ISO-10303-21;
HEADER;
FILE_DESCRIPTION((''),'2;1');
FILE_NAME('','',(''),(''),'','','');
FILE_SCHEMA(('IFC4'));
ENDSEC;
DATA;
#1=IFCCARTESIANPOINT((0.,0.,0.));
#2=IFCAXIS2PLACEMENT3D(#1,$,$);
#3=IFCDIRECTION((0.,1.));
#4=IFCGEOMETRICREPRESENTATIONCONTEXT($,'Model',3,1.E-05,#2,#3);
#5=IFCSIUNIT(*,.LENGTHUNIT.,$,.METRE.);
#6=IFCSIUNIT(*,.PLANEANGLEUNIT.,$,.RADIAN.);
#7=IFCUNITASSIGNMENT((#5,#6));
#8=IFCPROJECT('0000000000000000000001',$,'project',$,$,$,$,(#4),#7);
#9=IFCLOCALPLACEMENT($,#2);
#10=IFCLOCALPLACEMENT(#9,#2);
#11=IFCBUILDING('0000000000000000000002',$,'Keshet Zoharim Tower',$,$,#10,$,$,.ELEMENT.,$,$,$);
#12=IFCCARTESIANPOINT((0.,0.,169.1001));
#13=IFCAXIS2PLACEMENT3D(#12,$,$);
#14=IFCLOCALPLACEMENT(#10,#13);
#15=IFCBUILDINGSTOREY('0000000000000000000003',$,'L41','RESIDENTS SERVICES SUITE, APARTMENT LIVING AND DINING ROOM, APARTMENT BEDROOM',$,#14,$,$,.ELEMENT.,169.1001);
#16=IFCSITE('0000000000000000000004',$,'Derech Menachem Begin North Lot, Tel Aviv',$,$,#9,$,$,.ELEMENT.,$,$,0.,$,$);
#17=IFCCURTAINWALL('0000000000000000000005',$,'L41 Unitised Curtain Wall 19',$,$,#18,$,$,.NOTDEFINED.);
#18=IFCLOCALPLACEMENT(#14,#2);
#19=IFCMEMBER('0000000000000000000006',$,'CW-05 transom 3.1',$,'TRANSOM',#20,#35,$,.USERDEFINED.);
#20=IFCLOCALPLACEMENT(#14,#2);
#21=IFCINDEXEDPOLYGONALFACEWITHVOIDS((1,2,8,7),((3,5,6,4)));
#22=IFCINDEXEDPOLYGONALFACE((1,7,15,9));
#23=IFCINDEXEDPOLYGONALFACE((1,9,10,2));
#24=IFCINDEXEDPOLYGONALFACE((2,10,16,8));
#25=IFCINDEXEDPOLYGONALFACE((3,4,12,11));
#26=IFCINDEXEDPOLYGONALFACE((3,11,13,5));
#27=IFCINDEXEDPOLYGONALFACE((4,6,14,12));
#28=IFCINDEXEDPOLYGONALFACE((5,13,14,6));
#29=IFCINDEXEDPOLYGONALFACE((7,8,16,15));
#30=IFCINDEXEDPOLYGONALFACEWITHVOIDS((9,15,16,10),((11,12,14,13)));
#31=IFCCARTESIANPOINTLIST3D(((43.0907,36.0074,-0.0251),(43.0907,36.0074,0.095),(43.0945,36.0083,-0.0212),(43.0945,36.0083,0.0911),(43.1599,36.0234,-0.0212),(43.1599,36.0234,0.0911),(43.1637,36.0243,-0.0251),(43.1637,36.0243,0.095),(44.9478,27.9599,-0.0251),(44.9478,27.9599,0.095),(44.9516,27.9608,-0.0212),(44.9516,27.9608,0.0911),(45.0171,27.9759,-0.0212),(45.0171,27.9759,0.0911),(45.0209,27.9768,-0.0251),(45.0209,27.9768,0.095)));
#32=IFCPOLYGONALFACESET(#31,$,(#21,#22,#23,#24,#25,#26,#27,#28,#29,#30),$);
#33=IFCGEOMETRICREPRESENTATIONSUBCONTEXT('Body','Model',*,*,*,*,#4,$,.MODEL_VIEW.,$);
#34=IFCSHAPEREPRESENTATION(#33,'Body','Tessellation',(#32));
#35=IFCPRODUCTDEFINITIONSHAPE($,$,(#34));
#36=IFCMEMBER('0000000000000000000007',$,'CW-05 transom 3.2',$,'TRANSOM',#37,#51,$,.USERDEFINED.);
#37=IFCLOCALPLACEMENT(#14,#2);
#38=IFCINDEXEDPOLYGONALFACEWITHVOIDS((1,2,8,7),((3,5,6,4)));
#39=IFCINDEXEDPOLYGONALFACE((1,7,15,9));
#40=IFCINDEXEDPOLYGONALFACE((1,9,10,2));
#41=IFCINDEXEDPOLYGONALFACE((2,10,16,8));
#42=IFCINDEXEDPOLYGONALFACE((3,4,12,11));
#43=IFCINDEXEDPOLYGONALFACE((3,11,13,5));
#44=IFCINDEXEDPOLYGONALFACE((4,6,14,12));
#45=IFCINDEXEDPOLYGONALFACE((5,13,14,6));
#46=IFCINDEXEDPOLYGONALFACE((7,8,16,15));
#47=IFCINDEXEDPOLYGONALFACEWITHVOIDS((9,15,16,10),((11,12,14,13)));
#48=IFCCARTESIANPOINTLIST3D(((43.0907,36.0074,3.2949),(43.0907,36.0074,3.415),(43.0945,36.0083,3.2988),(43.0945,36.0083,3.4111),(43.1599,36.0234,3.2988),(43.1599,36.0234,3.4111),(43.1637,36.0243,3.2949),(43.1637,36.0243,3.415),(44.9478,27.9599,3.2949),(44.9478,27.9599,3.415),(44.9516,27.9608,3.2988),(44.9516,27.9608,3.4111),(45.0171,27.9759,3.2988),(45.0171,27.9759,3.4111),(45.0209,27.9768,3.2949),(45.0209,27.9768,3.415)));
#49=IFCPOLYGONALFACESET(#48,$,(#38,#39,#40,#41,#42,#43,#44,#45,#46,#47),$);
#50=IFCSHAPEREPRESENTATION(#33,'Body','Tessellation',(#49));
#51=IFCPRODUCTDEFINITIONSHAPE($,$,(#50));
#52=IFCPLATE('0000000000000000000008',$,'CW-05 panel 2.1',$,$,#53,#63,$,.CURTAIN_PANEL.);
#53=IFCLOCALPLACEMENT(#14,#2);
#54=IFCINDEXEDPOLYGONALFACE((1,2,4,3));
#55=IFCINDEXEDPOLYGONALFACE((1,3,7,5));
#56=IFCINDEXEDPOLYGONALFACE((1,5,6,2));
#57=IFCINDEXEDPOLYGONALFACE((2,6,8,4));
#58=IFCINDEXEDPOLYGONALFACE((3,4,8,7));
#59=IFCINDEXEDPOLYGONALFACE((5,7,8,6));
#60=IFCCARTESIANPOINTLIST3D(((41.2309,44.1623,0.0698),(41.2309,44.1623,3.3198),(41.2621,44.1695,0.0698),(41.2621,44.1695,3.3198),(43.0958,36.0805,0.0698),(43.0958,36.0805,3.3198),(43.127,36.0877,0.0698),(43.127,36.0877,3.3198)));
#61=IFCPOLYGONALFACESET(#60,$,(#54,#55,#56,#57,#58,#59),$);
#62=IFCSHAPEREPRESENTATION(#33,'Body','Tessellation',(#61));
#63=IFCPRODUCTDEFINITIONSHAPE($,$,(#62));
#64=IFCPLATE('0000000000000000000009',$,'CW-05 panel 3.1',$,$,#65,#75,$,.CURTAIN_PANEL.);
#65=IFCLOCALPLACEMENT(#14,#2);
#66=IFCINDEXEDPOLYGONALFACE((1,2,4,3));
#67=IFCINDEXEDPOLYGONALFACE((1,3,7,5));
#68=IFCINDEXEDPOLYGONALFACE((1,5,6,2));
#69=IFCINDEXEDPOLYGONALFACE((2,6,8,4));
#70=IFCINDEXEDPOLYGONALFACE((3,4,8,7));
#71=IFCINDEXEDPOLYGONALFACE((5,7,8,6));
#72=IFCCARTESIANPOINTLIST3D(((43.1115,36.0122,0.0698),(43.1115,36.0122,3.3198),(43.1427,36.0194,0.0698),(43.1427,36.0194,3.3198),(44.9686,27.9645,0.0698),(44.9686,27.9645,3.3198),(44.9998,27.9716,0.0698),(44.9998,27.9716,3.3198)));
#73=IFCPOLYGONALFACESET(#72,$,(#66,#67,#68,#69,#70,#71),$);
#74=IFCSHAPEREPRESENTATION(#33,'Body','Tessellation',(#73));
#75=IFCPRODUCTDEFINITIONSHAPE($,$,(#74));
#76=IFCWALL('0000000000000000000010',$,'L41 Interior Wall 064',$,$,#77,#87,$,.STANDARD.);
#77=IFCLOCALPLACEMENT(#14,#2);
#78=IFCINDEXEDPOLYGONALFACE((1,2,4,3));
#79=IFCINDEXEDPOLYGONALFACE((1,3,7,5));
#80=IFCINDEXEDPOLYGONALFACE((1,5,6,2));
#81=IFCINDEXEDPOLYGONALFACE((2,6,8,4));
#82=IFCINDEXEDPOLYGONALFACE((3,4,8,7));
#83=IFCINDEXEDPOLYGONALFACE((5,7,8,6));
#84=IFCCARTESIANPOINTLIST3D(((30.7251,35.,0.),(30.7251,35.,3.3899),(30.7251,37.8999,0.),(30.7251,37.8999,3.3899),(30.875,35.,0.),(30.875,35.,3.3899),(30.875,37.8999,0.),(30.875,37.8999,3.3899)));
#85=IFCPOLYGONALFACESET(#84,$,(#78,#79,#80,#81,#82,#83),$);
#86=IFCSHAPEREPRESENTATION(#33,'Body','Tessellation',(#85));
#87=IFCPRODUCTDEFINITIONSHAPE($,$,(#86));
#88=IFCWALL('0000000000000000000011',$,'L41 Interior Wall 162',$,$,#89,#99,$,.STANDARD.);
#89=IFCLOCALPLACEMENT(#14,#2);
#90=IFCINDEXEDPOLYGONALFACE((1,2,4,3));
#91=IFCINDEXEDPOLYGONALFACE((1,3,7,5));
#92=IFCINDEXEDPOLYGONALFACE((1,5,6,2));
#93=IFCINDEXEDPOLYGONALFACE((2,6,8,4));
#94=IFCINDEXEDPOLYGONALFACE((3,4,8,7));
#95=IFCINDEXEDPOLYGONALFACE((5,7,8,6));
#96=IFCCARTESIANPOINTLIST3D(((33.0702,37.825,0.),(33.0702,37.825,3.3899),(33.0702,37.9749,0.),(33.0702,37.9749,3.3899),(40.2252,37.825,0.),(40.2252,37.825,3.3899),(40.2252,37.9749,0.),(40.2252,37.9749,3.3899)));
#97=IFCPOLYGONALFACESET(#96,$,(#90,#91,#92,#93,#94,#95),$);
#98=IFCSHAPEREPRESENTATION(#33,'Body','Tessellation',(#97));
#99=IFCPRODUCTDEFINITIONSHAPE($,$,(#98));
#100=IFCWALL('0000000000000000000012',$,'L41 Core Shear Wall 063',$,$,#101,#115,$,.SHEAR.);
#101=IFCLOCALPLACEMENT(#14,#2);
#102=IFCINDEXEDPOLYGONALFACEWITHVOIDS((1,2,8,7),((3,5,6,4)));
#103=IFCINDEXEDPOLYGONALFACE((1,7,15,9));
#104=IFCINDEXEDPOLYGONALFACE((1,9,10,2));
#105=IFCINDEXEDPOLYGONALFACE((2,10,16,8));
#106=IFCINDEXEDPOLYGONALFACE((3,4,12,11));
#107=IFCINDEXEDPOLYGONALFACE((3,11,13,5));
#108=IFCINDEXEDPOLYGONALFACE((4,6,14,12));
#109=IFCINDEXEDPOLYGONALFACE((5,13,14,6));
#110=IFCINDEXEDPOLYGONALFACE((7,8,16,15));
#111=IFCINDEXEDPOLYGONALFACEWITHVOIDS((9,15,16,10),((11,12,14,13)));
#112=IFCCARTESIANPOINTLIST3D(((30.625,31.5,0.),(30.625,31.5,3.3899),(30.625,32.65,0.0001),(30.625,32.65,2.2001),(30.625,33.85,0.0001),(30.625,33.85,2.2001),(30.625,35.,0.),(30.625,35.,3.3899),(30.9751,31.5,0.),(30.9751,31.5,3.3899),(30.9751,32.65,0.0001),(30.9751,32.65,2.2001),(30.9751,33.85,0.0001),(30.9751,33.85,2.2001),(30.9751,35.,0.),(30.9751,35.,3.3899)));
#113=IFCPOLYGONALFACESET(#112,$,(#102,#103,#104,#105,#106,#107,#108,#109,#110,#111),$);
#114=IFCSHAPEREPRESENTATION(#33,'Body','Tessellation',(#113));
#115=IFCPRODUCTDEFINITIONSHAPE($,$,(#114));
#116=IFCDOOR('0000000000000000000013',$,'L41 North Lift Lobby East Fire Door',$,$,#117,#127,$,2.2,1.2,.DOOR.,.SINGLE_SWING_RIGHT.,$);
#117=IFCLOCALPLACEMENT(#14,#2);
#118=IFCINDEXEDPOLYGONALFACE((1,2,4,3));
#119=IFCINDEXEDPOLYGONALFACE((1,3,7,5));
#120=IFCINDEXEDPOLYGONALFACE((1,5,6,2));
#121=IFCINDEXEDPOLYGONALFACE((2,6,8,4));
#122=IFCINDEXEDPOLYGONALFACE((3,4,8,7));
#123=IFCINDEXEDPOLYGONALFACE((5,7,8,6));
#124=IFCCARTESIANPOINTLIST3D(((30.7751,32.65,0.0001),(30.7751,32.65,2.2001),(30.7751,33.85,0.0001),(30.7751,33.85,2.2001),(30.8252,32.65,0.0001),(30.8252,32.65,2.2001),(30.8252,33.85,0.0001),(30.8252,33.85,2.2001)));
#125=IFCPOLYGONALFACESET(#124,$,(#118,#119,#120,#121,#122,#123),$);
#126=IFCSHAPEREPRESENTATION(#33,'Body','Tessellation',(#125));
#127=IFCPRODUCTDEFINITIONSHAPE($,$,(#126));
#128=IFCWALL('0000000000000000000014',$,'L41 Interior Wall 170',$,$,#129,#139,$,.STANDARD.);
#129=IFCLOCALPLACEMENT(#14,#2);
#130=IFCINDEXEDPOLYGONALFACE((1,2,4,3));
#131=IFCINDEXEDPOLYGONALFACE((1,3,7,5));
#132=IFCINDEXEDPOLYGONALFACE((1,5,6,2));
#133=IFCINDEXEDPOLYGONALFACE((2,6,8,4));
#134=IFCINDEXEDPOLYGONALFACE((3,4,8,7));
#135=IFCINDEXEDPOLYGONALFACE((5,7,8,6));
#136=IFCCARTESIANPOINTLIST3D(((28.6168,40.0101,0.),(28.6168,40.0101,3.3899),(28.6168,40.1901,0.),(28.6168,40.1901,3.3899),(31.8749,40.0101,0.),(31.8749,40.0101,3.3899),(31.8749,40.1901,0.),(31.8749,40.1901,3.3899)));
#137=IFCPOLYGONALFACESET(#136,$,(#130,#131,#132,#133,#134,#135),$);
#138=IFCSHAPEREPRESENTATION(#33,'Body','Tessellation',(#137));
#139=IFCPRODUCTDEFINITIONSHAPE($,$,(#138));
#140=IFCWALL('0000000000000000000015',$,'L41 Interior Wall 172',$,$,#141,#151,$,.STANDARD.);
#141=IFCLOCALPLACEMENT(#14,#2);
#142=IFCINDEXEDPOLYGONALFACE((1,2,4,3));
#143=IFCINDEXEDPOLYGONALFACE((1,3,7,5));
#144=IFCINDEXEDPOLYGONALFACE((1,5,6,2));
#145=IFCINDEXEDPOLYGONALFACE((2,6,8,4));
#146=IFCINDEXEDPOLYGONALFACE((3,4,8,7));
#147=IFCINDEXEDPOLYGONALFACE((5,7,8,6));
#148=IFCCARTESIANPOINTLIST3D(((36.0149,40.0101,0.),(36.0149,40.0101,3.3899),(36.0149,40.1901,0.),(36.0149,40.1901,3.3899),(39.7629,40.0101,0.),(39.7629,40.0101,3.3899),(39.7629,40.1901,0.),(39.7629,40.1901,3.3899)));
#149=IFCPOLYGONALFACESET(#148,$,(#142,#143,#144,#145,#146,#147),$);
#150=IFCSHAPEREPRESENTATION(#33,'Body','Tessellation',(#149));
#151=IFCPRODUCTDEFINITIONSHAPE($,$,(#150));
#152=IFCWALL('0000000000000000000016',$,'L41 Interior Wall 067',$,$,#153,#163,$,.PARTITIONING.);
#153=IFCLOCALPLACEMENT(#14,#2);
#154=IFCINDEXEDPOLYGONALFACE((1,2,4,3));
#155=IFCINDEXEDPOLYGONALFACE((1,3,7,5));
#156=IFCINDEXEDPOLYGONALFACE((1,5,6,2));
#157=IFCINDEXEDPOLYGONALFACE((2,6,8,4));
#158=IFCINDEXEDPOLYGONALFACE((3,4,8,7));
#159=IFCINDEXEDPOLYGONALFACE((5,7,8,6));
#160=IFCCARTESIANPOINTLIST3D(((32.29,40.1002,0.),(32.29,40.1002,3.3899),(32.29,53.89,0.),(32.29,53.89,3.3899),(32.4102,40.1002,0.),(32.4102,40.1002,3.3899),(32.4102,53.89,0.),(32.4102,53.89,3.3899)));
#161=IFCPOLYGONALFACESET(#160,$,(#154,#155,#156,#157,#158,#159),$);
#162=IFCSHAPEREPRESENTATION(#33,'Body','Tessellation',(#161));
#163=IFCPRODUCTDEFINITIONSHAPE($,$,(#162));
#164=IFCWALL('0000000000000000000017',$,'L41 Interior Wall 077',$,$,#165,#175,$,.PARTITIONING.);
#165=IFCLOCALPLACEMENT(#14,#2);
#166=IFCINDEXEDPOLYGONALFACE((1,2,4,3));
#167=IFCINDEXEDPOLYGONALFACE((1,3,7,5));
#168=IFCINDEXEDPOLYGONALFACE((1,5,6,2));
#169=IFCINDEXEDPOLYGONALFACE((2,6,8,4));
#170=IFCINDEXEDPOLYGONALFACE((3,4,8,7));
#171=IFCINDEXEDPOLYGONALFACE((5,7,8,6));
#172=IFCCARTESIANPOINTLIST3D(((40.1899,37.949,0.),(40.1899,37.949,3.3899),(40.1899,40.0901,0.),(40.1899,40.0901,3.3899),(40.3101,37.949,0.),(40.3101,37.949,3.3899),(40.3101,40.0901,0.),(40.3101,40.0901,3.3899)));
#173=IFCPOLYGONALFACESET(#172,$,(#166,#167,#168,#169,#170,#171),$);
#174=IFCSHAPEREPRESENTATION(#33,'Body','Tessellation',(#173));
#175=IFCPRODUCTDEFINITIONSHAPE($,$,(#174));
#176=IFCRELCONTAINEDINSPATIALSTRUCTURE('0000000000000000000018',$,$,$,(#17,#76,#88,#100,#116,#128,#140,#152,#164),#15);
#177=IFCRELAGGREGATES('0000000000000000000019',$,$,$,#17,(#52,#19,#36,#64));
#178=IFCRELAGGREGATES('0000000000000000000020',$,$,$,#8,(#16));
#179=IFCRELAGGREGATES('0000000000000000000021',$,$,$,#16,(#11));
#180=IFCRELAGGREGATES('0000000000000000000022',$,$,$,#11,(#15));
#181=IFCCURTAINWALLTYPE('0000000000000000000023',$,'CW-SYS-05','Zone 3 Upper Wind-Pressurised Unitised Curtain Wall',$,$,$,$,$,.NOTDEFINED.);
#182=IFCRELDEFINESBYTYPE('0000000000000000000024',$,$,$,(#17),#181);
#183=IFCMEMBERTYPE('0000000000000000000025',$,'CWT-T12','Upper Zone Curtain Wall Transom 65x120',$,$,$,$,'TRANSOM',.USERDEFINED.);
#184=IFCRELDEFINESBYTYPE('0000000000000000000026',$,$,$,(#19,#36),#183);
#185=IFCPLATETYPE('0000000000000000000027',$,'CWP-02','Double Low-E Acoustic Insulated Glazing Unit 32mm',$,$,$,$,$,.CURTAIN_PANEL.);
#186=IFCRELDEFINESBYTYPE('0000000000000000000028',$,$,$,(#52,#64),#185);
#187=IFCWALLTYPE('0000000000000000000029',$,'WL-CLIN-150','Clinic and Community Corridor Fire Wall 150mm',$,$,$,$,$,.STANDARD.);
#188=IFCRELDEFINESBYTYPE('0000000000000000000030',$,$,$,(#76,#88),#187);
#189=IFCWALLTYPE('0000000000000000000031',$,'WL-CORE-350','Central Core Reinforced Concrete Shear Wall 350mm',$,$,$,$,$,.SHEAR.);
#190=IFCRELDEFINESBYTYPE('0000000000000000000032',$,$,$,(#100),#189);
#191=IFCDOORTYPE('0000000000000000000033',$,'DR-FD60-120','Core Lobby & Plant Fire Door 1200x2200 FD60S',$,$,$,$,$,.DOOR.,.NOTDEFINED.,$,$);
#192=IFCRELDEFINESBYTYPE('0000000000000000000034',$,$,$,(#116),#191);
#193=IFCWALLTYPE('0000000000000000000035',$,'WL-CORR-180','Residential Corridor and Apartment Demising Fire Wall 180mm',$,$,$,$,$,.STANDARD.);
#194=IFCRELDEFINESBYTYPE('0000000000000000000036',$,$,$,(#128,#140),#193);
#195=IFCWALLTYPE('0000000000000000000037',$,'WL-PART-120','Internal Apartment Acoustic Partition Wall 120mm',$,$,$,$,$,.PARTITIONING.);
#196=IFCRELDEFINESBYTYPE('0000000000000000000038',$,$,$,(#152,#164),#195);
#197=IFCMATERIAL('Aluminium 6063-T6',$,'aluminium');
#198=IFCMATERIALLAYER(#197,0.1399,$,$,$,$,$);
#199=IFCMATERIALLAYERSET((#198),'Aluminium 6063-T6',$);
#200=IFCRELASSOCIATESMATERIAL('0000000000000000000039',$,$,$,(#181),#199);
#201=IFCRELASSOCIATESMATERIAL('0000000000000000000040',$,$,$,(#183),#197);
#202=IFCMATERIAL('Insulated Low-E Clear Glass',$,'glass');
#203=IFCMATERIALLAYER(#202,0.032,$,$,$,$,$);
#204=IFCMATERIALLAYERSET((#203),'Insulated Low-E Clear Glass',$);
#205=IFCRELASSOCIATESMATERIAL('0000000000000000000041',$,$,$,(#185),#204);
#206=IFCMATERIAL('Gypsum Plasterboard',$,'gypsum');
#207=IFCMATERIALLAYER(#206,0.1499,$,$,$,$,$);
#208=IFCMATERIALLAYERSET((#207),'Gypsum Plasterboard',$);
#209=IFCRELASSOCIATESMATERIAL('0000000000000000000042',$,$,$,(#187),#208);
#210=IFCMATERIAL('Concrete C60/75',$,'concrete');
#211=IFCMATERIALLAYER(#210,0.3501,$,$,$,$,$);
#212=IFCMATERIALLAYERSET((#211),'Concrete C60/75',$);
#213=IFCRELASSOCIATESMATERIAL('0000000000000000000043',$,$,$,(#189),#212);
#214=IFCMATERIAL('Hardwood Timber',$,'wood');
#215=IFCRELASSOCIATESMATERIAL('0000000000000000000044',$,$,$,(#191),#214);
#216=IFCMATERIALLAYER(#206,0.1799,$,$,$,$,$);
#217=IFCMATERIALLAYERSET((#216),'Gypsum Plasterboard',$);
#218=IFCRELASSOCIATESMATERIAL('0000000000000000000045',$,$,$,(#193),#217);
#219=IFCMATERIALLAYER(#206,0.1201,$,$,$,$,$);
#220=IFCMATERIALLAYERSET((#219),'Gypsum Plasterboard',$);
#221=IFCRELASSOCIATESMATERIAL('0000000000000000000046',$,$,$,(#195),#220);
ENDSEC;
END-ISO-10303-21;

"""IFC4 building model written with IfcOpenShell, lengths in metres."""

from ifc_helpers import new_model, si_unit, direction, frame, frame_2d, origin, origin_2d, place, context, subcontext, project, spatial, rectangle, hollow_rectangle, extrude, material, layer, layer_set, material_profile, profile_set, type_object, element, fill, aggregate, save


model = new_model("IFC4")

# Units and contexts
model_context = context("Model", 3, precision=1e-05, world=origin(), true_north=direction((0.0, 1.0)))
body_context = subcontext(model_context, "Body", "Model", "MODEL_VIEW")
ifc_project = project(units=[si_unit("LENGTHUNIT", "METRE"), si_unit("PLANEANGLEUNIT", "RADIAN")], contexts=[model_context])

# Site, building, storey
site_placement = place(None, origin())
site = spatial("IfcSite", under=ifc_project, at=site_placement, Name="Derech Menachem Begin North Lot, Tel Aviv", CompositionType="ELEMENT", RefElevation=0.0)
building_placement = place(site_placement, origin())
building = spatial("IfcBuilding", under=site, at=building_placement, Name="Keshet Zoharim Tower", CompositionType="ELEMENT")
storey_placement = place(building_placement, frame((0.0, 0.0, 169.1001)))
storey = spatial("IfcBuildingStorey", under=building, at=storey_placement, Name="L41", Description="RESIDENTS SERVICES SUITE, APARTMENT LIVING AND DINING ROOM, APARTMENT BEDROOM", CompositionType="ELEMENT", Elevation=169.1001)

# Shared definitions
ifc_material_1 = material(Name="Concrete C60/75", Category="concrete")

# Curtain wall, members, plates
ifc_material_2 = material(Name="Aluminium 6063-T6", Category="aluminium")
ifc_layer_1 = layer(ifc_material_2, 0.1399)
ifc_layer_set_1 = layer_set([ifc_layer_1], Name="Aluminium 6063-T6")
curtain_wall_type = type_object("IfcCurtainWallType", Name="CW-SYS-05", Description="Zone 3 Upper Wind-Pressurised Unitised Curtain Wall", PredefinedType="NOTDEFINED", material=ifc_layer_set_1)
curtain_wall_placement = place(storey_placement, origin())
curtain_wall = element("IfcCurtainWall", 1, at=curtain_wall_placement, inside=storey, type_object=curtain_wall_type, Name="L41 Unitised Curtain Wall 19", PredefinedType="NOTDEFINED")
ifc_material_profile_1 = material_profile(ifc_material_2, hollow_rectangle(XDim=0.075, YDim=0.1201, WallThickness=0.0039, at=origin_2d()), Name="TRN-75x120")
ifc_profile_set_1 = profile_set([ifc_material_profile_1], Name="Aluminium 6063-T6")
member_type_1 = type_object("IfcMemberType", Name="CWT-T12", Description="Upper Zone Curtain Wall Transom 65x120", ElementType="TRANSOM", PredefinedType="USERDEFINED", material=ifc_profile_set_1)
member_1_placement = place(storey_placement, frame((43.1272, 36.0159, 0.0349), z_axis=(0.224864, -0.97439, 0.0), x_axis=(0.97439, 0.224864, 0.0)))
member_1 = element("IfcMember", 2, at=member_1_placement, type_object=member_type_1, Name="CW-05 transom 3.1", ObjectType="TRANSOM", PredefinedType="USERDEFINED", context=body_context, shape_type="SweptSolid", body=[
    extrude(hollow_rectangle(XDim=0.075, YDim=0.1201, WallThickness=0.0039, at=origin_2d()), origin(), (0.0, 0.0, 1.0), 8.259),
])
member_2_placement = place(storey_placement, frame((43.1272, 36.0159, 3.355), z_axis=(0.224864, -0.97439, 0.0), x_axis=(0.97439, 0.224864, 0.0)))
member_2 = element("IfcMember", 3, at=member_2_placement, type_object=member_type_1, Name="CW-05 transom 3.2", ObjectType="TRANSOM", PredefinedType="USERDEFINED", context=body_context, shape_type="SweptSolid", body=[
    extrude(hollow_rectangle(XDim=0.075, YDim=0.1201, WallThickness=0.0039, at=origin_2d()), origin(), (0.0, 0.0, 1.0), 8.259),
])
ifc_material_3 = material(Name="Insulated Low-E Clear Glass", Category="glass")
ifc_layer_2 = layer(ifc_material_3, 0.032)
ifc_layer_set_2 = layer_set([ifc_layer_2], Name="Insulated Low-E Clear Glass")
plate_type = type_object("IfcPlateType", Name="CWP-02", Description="Double Low-E Acoustic Insulated Glazing Unit 32mm", PredefinedType="CURTAIN_PANEL", material=ifc_layer_set_2)
plate_1_placement = place(storey_placement, frame((42.179, 40.125, 0.0698), z_axis=(0.0, 0.0, 1.0), x_axis=(0.224848, -0.974394, 0.0)))
plate_1 = element("IfcPlate", 4, at=plate_1_placement, type_object=plate_type, Name="CW-05 panel 2.1", PredefinedType="CURTAIN_PANEL", context=body_context, shape_type="SweptSolid", body=[
    extrude(rectangle(XDim=8.2942, YDim=0.032, at=origin_2d()), origin(), (0.0, 0.0, 1.0), 3.25),
])
plate_2_placement = place(storey_placement, frame((44.0557, 31.9919, 0.0698), z_axis=(0.0, 0.0, 1.0), x_axis=(0.224848, -0.974394, 0.0)))
plate_2 = element("IfcPlate", 5, at=plate_2_placement, type_object=plate_type, Name="CW-05 panel 3.1", PredefinedType="CURTAIN_PANEL", context=body_context, shape_type="SweptSolid", body=[
    extrude(rectangle(XDim=8.2593, YDim=0.032, at=origin_2d()), origin(), (0.0, 0.0, 1.0), 3.25),
])
aggregate(curtain_wall, [plate_1, member_1, member_2, plate_2])

# Walls
ifc_material_4 = material(Name="Gypsum Plasterboard", Category="gypsum")
ifc_layer_3 = layer(ifc_material_4, 0.1499)
ifc_layer_set_3 = layer_set([ifc_layer_3], Name="Gypsum Plasterboard")
wall_type_1 = type_object("IfcWallType", Name="WL-CLIN-150", Description="Clinic and Community Corridor Fire Wall 150mm", PredefinedType="STANDARD", material=ifc_layer_set_3)
wall_1_placement = place(storey_placement, frame((30.8, 35.0, 0.0), z_axis=(0.0, 0.0, 1.0), x_axis=(0.0, 1.0, 0.0)))
element("IfcWall", 6, at=wall_1_placement, inside=storey, type_object=wall_type_1, Name="L41 Interior Wall 064", PredefinedType="STANDARD", context=body_context, shape_type="SweptSolid", body=[
    extrude(rectangle(XDim=2.8999, YDim=0.1499, at=frame_2d((1.45, 0.0))), origin(), (0.0, 0.0, 1.0), 3.3899),
])
wall_2_placement = place(storey_placement, frame((33.0701, 37.8999, 0.0), z_axis=(0.0, 0.0, 1.0), x_axis=(1.0, 0.0, 0.0)))
element("IfcWall", 7, at=wall_2_placement, inside=storey, type_object=wall_type_1, Name="L41 Interior Wall 162", PredefinedType="STANDARD", context=body_context, shape_type="SweptSolid", body=[
    extrude(rectangle(XDim=7.155, YDim=0.1499, at=frame_2d((3.5776, 0.0))), origin(), (0.0, 0.0, 1.0), 3.3899),
])

# Wall, opening, door
ifc_layer_4 = layer(ifc_material_1, 0.3501)
ifc_layer_set_4 = layer_set([ifc_layer_4], Name="Concrete C60/75")
wall_type_2 = type_object("IfcWallType", Name="WL-CORE-350", Description="Central Core Reinforced Concrete Shear Wall 350mm", PredefinedType="SHEAR", material=ifc_layer_set_4)
wall_3_placement = place(storey_placement, frame((30.8, 31.5, 0.0), z_axis=(0.0, 0.0, 1.0), x_axis=(0.0, 1.0, 0.0)))
wall_3 = element("IfcWall", 8, at=wall_3_placement, inside=storey, type_object=wall_type_2, Name="L41 Core Shear Wall 063", PredefinedType="SHEAR", context=body_context, shape_type="SweptSolid", body=[
    extrude(rectangle(XDim=3.5, YDim=0.3501, at=frame_2d((1.75, 0.0))), origin(), (0.0, 0.0, 1.0), 3.3899),
])
opening_1_placement = place(wall_3_placement, frame((1.1499, 0.0, 0.0)))
opening_1 = element("IfcOpeningElement", 9, at=opening_1_placement, cuts=wall_3, PredefinedType="OPENING", context=body_context, shape_type="SweptSolid", body=[
    extrude(rectangle(XDim=1.2, YDim=2.2, at=frame_2d((0.6001, 1.1001))), frame((0.0, 0.1851, 0.0), z_axis=(0.0, -1.0, 0.0), x_axis=(1.0, 0.0, 0.0)), (0.0, 0.0, 1.0), 0.3701),
])
ifc_material_5 = material(Name="Hardwood Timber", Category="wood")
door_type_1 = type_object("IfcDoorType", Name="DR-FD60-120", Description="Core Lobby & Plant Fire Door 1200x2200 FD60S", OperationType="NOTDEFINED", PredefinedType="DOOR", material=ifc_material_5)
door_1_placement = place(opening_1_placement, origin())
door_1 = element("IfcDoor", 10, at=door_1_placement, inside=storey, type_object=door_type_1, Name="L41 North Lift Lobby East Fire Door", OperationType="SINGLE_SWING_RIGHT", OverallHeight=2.2, OverallWidth=1.2, PredefinedType="DOOR", context=body_context, shape_type="SweptSolid", body=[
    extrude(rectangle(XDim=1.2, YDim=2.2, at=frame_2d((0.6001, 1.1001))), frame((0.0, 0.0249, 0.0), z_axis=(0.0, -1.0, 0.0), x_axis=(1.0, 0.0, 0.0)), (0.0, 0.0, 1.0), 0.05),
])
fill(opening_1, door_1)

# Wall
ifc_layer_5 = layer(ifc_material_4, 0.1799)
ifc_layer_set_5 = layer_set([ifc_layer_5], Name="Gypsum Plasterboard")
wall_type_3 = type_object("IfcWallType", Name="WL-CORR-180", Description="Residential Corridor and Apartment Demising Fire Wall 180mm", PredefinedType="STANDARD", material=ifc_layer_set_5)
wall_4_placement = place(storey_placement, frame((28.6169, 40.1001, 0.0), z_axis=(0.0, 0.0, 1.0), x_axis=(1.0, 0.0, 0.0)))
element("IfcWall", 11, at=wall_4_placement, inside=storey, type_object=wall_type_3, Name="L41 Interior Wall 170", PredefinedType="STANDARD", context=body_context, shape_type="SweptSolid", body=[
    extrude(rectangle(XDim=3.2581, YDim=0.1799, at=frame_2d((1.6289, 0.0))), origin(), (0.0, 0.0, 1.0), 3.3899),
])

# Walls
wall_5_placement = place(storey_placement, frame((36.0149, 40.1001, 0.0), z_axis=(0.0, 0.0, 1.0), x_axis=(1.0, 0.0, 0.0)))
element("IfcWall", 12, at=wall_5_placement, inside=storey, type_object=wall_type_3, Name="L41 Interior Wall 172", PredefinedType="STANDARD", context=body_context, shape_type="SweptSolid", body=[
    extrude(rectangle(XDim=3.748, YDim=0.1799, at=frame_2d((1.874, 0.0))), origin(), (0.0, 0.0, 1.0), 3.3899),
])
ifc_layer_6 = layer(ifc_material_4, 0.1201)
ifc_layer_set_6 = layer_set([ifc_layer_6], Name="Gypsum Plasterboard")
wall_type_4 = type_object("IfcWallType", Name="WL-PART-120", Description="Internal Apartment Acoustic Partition Wall 120mm", PredefinedType="PARTITIONING", material=ifc_layer_set_6)
wall_6_placement = place(storey_placement, frame((32.3501, 40.1001, 0.0), z_axis=(0.0, 0.0, 1.0), x_axis=(0.0, 1.0, 0.0)))
element("IfcWall", 13, at=wall_6_placement, inside=storey, type_object=wall_type_4, Name="L41 Interior Wall 067", PredefinedType="PARTITIONING", context=body_context, shape_type="SweptSolid", body=[
    extrude(rectangle(XDim=13.7898, YDim=0.1201, at=frame_2d((6.895, 0.0))), origin(), (0.0, 0.0, 1.0), 3.3899),
])

# Wall
wall_7_placement = place(storey_placement, frame((40.25, 37.949, 0.0), z_axis=(0.0, 0.0, 1.0), x_axis=(0.0, 1.0, 0.0)))
element("IfcWall", 14, at=wall_7_placement, inside=storey, type_object=wall_type_4, Name="L41 Interior Wall 077", PredefinedType="PARTITIONING", context=body_context, shape_type="SweptSolid", body=[
    extrude(rectangle(XDim=2.1411, YDim=0.1201, at=frame_2d((1.0706, 0.0))), origin(), (0.0, 0.0, 1.0), 3.3899),
])

save(model, "model.ifc")
